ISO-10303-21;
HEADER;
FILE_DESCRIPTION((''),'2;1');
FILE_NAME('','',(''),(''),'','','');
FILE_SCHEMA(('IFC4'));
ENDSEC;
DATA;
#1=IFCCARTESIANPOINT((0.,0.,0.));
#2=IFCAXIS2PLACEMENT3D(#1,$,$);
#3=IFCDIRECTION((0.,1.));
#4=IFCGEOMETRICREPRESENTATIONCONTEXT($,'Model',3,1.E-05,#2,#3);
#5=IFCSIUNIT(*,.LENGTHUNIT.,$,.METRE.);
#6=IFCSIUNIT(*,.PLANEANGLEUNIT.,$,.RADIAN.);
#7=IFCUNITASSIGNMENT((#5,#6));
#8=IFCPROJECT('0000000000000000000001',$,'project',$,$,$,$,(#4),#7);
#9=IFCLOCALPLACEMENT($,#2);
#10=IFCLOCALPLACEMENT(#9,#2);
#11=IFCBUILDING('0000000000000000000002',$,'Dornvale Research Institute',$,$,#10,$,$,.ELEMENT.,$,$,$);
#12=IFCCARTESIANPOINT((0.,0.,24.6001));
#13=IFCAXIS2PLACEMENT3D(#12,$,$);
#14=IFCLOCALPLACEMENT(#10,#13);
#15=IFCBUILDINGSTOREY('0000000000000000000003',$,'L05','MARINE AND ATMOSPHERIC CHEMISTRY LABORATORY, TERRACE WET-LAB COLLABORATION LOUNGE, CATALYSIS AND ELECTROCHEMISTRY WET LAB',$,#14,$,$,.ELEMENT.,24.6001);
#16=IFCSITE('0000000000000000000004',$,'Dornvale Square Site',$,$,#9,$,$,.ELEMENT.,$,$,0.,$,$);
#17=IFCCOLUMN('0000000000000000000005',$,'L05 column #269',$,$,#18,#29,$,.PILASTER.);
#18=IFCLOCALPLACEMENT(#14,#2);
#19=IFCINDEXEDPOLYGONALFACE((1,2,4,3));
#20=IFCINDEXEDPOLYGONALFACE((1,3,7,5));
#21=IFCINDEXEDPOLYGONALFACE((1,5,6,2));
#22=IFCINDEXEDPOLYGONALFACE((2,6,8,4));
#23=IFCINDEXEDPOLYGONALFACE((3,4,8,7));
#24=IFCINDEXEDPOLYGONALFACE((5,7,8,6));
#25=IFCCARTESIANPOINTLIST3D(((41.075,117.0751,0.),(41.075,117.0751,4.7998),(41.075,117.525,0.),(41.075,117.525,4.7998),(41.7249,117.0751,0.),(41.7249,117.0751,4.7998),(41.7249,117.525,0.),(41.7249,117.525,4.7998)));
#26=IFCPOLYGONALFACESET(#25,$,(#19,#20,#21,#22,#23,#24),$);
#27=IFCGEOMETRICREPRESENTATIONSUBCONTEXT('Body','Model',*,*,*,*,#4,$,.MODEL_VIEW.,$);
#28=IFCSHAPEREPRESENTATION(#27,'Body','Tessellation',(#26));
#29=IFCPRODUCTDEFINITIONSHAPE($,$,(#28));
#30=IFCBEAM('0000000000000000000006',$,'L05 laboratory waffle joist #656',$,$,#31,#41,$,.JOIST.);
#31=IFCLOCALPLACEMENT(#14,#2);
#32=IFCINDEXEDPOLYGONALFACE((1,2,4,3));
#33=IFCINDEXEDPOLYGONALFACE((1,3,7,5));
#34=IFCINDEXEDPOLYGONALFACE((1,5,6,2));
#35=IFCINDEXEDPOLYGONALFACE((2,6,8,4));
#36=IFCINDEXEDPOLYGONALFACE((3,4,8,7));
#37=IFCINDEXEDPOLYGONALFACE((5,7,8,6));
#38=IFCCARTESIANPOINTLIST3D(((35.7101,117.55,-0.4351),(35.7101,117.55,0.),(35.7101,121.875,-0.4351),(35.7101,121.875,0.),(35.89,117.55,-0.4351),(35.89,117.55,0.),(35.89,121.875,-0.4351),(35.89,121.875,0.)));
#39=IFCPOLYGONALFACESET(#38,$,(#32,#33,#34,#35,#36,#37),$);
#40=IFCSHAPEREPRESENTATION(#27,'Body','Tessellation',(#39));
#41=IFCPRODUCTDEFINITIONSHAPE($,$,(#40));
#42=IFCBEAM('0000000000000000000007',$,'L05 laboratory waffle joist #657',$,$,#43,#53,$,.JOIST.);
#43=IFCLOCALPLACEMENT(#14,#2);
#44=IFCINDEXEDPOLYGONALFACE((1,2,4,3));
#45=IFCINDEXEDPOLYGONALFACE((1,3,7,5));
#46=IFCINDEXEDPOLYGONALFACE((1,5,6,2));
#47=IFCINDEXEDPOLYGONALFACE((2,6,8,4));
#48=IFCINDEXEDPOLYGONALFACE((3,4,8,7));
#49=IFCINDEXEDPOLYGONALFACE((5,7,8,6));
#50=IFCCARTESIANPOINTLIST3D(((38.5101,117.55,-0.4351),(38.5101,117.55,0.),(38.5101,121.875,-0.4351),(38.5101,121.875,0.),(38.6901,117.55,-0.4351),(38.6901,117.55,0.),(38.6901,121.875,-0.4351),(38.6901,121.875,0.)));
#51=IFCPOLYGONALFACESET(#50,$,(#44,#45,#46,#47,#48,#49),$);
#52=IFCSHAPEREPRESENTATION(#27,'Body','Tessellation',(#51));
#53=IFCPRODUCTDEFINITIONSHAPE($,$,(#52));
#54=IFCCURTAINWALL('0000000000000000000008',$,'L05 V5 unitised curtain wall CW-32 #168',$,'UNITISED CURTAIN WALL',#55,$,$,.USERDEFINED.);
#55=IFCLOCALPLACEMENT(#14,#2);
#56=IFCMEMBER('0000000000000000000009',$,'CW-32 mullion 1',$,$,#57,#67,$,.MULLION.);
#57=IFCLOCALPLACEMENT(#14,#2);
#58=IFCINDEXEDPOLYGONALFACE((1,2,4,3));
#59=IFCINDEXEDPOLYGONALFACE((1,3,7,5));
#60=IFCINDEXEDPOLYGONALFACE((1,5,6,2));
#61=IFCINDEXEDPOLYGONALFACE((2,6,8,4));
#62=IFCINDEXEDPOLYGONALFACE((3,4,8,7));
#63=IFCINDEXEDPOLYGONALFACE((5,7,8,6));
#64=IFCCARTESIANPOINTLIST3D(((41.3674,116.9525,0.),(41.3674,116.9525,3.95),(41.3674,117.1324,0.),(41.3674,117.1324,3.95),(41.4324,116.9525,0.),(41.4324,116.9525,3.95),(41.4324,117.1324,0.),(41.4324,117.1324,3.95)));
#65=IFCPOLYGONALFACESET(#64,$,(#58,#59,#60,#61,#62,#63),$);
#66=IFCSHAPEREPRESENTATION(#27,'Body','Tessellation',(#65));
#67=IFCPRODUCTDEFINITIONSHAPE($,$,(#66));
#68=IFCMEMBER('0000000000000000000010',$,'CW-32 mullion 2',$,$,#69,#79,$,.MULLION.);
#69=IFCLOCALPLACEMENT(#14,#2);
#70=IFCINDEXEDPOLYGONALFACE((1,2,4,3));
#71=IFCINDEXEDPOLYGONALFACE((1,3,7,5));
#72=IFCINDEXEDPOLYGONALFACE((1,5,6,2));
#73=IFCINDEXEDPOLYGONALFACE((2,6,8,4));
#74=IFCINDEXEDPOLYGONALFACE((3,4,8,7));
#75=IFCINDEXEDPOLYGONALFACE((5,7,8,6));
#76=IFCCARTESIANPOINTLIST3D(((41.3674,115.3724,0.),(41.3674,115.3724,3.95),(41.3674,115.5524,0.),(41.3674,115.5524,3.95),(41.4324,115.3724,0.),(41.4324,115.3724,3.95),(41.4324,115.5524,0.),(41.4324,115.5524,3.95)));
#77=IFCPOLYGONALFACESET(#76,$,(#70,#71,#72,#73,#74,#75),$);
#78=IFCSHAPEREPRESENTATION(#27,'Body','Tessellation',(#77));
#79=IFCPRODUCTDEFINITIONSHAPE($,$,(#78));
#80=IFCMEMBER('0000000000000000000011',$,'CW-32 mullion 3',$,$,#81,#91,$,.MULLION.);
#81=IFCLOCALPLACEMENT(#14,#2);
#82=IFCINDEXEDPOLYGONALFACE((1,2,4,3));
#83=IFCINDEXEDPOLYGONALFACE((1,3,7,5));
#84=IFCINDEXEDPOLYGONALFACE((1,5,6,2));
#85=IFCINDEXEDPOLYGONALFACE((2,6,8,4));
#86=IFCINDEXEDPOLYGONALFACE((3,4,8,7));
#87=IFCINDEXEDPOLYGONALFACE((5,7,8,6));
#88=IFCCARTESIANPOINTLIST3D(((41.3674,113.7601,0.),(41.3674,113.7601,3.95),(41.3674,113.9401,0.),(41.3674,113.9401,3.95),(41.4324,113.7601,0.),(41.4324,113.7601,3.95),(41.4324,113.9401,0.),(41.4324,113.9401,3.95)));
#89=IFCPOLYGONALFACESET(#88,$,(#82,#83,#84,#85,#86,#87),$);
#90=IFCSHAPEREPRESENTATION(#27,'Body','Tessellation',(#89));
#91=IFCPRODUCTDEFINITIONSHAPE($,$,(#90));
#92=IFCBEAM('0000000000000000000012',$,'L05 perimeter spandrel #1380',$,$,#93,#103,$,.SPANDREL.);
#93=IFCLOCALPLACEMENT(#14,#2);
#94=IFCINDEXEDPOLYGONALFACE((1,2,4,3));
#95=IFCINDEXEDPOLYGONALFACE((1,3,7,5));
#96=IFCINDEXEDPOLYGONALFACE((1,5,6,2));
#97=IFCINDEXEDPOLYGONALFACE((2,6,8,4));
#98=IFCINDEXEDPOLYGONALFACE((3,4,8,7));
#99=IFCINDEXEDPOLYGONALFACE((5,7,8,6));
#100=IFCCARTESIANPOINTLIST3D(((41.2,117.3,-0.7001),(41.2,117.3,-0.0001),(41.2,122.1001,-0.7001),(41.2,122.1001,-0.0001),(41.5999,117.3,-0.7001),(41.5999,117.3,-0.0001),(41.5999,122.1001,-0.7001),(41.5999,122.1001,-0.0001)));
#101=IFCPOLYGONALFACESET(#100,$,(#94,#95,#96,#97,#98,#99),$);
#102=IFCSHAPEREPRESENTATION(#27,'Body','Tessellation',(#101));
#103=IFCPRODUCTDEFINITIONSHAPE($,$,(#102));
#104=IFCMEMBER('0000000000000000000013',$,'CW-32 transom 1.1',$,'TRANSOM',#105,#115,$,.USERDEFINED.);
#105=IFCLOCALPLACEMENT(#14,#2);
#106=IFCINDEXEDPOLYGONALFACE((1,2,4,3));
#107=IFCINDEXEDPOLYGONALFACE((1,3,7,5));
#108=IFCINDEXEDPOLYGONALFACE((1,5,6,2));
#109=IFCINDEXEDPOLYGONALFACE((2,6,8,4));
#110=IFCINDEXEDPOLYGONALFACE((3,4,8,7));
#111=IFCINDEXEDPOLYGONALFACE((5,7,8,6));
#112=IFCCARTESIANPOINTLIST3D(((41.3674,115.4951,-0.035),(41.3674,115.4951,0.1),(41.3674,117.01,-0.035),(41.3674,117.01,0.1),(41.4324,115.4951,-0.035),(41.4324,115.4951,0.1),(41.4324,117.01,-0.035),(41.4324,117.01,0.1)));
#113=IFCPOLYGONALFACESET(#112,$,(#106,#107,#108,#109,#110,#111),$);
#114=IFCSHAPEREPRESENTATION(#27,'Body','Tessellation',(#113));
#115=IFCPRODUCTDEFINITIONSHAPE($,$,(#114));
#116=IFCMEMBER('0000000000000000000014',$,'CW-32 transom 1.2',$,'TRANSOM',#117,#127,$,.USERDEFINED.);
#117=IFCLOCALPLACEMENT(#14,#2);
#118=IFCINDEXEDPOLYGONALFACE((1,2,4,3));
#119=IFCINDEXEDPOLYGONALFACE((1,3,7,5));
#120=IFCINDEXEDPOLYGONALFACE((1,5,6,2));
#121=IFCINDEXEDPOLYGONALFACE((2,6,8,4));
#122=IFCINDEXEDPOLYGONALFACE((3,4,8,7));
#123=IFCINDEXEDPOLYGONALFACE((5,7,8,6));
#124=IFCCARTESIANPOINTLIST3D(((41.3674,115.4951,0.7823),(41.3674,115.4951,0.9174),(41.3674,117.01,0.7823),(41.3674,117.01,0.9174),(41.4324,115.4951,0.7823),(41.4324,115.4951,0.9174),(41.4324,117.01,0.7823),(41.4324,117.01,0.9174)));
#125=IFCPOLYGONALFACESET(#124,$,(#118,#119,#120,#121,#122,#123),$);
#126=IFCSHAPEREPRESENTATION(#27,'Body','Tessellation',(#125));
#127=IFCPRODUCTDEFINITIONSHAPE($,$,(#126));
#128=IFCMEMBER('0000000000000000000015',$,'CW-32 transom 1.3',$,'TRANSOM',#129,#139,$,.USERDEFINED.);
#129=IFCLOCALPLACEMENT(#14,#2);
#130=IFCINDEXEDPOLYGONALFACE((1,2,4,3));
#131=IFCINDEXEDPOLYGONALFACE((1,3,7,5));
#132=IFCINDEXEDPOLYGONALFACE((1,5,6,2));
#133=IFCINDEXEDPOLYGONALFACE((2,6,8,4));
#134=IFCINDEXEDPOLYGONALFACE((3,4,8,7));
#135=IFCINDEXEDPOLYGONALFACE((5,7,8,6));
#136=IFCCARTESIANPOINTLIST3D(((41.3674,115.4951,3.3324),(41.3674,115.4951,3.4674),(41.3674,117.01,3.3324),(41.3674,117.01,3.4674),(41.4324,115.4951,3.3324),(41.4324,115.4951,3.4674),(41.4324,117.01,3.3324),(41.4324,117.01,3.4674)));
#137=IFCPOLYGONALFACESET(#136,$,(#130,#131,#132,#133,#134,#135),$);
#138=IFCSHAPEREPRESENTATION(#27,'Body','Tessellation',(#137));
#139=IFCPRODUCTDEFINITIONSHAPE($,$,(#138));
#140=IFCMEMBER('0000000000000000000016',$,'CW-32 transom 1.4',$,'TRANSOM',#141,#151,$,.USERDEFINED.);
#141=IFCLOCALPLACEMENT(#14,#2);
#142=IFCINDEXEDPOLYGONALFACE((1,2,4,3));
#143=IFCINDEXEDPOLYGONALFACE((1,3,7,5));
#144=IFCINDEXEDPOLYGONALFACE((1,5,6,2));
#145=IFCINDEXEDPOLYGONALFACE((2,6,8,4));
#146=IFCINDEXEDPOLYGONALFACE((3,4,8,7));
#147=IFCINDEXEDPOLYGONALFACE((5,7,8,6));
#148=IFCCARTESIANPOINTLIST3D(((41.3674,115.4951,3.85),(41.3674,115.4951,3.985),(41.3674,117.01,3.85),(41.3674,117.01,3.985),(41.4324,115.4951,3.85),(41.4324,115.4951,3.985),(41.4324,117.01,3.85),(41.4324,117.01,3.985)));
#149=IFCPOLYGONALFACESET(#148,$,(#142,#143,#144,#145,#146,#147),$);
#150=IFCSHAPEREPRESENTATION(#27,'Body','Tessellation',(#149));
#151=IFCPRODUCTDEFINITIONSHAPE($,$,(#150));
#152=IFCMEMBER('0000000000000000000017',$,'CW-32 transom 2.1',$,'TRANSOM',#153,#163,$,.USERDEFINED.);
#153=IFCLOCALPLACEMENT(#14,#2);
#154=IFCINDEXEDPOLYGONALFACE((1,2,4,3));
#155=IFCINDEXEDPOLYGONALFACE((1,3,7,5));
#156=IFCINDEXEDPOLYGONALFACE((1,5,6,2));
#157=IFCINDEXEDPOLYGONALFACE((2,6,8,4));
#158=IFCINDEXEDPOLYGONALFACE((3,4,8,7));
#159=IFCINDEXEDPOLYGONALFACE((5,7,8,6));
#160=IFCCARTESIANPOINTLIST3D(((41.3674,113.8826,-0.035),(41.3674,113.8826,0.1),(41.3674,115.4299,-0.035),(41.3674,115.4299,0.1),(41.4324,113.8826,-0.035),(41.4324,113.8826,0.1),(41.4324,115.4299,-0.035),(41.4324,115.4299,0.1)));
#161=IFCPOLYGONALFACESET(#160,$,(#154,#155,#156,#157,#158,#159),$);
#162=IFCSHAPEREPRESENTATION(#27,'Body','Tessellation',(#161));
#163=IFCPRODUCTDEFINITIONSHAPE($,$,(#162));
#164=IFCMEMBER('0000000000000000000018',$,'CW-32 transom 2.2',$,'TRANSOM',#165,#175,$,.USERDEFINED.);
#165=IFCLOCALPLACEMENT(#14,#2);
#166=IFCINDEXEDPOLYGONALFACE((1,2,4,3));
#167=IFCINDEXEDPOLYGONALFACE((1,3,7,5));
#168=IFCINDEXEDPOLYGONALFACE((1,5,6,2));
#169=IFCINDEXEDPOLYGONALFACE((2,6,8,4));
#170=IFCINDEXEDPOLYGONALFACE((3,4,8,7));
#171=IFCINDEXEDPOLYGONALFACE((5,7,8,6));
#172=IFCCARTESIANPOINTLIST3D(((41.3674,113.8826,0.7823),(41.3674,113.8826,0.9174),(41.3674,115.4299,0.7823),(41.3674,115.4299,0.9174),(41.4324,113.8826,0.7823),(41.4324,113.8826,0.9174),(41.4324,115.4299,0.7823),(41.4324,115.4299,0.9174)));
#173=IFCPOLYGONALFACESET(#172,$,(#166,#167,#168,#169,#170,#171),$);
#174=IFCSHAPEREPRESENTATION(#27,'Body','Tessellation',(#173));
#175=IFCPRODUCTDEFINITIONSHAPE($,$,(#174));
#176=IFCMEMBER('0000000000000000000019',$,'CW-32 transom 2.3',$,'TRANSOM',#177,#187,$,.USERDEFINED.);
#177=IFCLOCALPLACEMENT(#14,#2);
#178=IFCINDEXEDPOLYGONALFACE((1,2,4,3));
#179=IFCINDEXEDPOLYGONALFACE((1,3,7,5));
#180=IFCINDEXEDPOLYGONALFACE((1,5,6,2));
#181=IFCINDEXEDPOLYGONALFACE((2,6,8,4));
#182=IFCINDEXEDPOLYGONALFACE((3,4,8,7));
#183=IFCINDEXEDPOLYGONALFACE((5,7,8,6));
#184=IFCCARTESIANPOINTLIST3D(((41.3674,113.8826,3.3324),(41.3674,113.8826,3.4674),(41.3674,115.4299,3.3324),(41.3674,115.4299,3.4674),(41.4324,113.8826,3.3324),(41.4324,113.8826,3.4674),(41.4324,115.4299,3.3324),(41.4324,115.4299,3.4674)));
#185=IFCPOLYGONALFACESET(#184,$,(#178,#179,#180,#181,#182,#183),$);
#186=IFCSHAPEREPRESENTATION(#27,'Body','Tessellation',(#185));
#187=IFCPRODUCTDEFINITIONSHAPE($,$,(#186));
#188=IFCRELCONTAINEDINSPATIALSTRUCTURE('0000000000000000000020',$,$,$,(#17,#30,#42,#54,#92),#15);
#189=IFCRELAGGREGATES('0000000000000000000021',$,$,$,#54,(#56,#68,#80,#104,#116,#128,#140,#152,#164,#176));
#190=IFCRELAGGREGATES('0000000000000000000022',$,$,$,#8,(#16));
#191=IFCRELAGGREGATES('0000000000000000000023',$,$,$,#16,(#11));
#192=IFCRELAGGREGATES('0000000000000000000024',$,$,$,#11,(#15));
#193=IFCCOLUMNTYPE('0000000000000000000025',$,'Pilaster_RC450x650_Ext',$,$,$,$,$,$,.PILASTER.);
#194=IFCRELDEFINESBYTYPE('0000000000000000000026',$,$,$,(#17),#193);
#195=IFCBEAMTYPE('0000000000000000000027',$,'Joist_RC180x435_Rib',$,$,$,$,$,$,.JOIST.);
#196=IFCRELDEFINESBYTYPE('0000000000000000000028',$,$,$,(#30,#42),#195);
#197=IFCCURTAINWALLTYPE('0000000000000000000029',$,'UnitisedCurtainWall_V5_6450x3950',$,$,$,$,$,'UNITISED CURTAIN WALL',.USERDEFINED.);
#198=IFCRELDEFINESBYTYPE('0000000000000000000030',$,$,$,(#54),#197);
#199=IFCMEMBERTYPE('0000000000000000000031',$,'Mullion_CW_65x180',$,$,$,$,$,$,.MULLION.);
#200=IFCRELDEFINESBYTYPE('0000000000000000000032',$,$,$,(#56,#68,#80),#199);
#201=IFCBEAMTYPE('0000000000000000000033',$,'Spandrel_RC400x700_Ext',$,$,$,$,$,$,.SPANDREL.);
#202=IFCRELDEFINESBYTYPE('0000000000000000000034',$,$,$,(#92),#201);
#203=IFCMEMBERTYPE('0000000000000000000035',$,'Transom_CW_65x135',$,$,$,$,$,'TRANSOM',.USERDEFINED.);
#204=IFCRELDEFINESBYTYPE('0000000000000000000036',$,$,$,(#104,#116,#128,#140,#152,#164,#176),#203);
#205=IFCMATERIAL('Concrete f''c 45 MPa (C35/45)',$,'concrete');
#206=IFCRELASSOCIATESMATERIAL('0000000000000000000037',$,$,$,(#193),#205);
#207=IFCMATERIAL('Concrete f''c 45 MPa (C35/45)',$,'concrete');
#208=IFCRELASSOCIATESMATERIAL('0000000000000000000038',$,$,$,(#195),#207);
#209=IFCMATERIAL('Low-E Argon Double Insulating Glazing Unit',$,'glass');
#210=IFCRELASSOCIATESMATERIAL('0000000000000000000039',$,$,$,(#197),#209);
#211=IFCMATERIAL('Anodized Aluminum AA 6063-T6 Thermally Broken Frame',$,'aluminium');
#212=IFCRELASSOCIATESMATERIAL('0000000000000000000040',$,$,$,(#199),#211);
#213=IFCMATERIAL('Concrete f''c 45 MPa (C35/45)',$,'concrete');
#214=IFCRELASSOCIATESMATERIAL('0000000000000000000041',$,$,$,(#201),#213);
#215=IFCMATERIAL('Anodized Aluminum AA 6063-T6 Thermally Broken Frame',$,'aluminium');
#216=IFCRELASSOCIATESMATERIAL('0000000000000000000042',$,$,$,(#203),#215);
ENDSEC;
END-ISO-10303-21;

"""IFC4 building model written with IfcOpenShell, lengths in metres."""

from ifc_helpers import new_model, si_unit, direction, frame, origin, origin_2d, place, context, subcontext, project, spatial, rectangle, extrude, material, material_profile, profile_set, type_object, element, aggregate, save


model = new_model("IFC4")

# Units and contexts
model_context = context("Model", 3, precision=1e-05, world=origin(), true_north=direction((0.0, 1.0)))
body_context = subcontext(model_context, "Body", "Model", "MODEL_VIEW")
ifc_project = project(units=[si_unit("LENGTHUNIT", "METRE"), si_unit("PLANEANGLEUNIT", "RADIAN")], contexts=[model_context])

# Site, building, storey
site_placement = place(None, origin())
site = spatial("IfcSite", under=ifc_project, at=site_placement, Name="Dornvale Square Site", CompositionType="ELEMENT", RefElevation=0.0)
building_placement = place(site_placement, origin())
building = spatial("IfcBuilding", under=site, at=building_placement, Name="Dornvale Research Institute", CompositionType="ELEMENT")
storey_placement = place(building_placement, frame((0.0, 0.0, 24.6001)))
storey = spatial("IfcBuildingStorey", under=building, at=storey_placement, Name="L05", Description="MARINE AND ATMOSPHERIC CHEMISTRY LABORATORY, TERRACE WET-LAB COLLABORATION LOUNGE, CATALYSIS AND ELECTROCHEMISTRY WET LAB", CompositionType="ELEMENT", Elevation=24.6001)

# Column
ifc_material_1 = material(Name="Concrete f'c 45 MPa (C35/45)", Category="concrete")
ifc_material_profile_1 = material_profile(ifc_material_1, rectangle(XDim=0.45, YDim=0.6499, at=origin_2d()), Name="RC 450x650")
ifc_profile_set_1 = profile_set([ifc_material_profile_1], Name="Concrete f'c 45 MPa (C35/45)")
column_type = type_object("IfcColumnType", Name="Pilaster_RC450x650_Ext", PredefinedType="PILASTER", material=ifc_profile_set_1)
column_placement = place(storey_placement, frame((41.3999, 117.3, 0.0), z_axis=(0.0, 0.0, 1.0), x_axis=(0.0, 1.0, 0.0)))
element("IfcColumn", 1, at=column_placement, inside=storey, type_object=column_type, Name="L05 column #269", PredefinedType="PILASTER", context=body_context, shape_type="SweptSolid", body=[
    extrude(rectangle(XDim=0.45, YDim=0.6499, at=origin_2d()), origin(), (0.0, 0.0, 1.0), 4.7998),
])

# Beams
ifc_material_2 = material(Name="Concrete f'c 45 MPa (C35/45)", Category="concrete")
ifc_material_profile_2 = material_profile(ifc_material_2, rectangle(XDim=0.1799, YDim=0.4351, at=origin_2d()), Name="RC 180x435")
ifc_profile_set_2 = profile_set([ifc_material_profile_2], Name="Concrete f'c 45 MPa (C35/45)")
beam_type_1 = type_object("IfcBeamType", Name="Joist_RC180x435_Rib", PredefinedType="JOIST", material=ifc_profile_set_2)
for number, where, z_axis, x_axis, name in (
    (2, (35.8, 117.55, -0.2175), (0.0, 1.0, 0.0), (-1.0, 0.0, 0.0), "L05 laboratory waffle joist #656"),
    (3, (38.6001, 117.55, -0.2175), (0.0, 1.0, 0.0), (-1.0, 0.0, 0.0), "L05 laboratory waffle joist #657"),
):
    element("IfcBeam", number, at=place(storey_placement, frame(where, z_axis=z_axis, x_axis=x_axis)), inside=storey, type_object=beam_type_1, Name=name, PredefinedType="JOIST", context=body_context, shape_type="SweptSolid", body=[
        extrude(rectangle(XDim=0.1799, YDim=0.4351, at=origin_2d()), origin(), (0.0, 0.0, 1.0), 4.325),
    ])

# Curtain wall, members
ifc_material_3 = material(Name="Low-E Argon Double Insulating Glazing Unit", Category="glass")
curtain_wall_type = type_object("IfcCurtainWallType", Name="UnitisedCurtainWall_V5_6450x3950", ElementType="UNITISED CURTAIN WALL", PredefinedType="USERDEFINED", material=ifc_material_3)
curtain_wall_placement = place(storey_placement, origin())
curtain_wall = element("IfcCurtainWall", 4, at=curtain_wall_placement, inside=storey, type_object=curtain_wall_type, Name="L05 V5 unitised curtain wall CW-32 #168", ObjectType="UNITISED CURTAIN WALL", PredefinedType="USERDEFINED")
ifc_material_4 = material(Name="Anodized Aluminum AA 6063-T6 Thermally Broken Frame", Category="aluminium")
ifc_material_profile_3 = material_profile(ifc_material_4, rectangle(XDim=0.0649, YDim=0.1799, at=origin_2d()), Name="ALU MULLION 65x180")
ifc_profile_set_3 = profile_set([ifc_material_profile_3], Name="Anodized Aluminum AA 6063-T6 Thermally Broken Frame")
member_type_1 = type_object("IfcMemberType", Name="Mullion_CW_65x180", PredefinedType="MULLION", material=ifc_profile_set_3)
member_1_placement = place(storey_placement, frame((41.3999, 117.0425, 0.0), z_axis=(0.0, 0.0, 1.0), x_axis=(1.0, 0.0, 0.0)))
member_1 = element("IfcMember", 5, at=member_1_placement, type_object=member_type_1, Name="CW-32 mullion 1", PredefinedType="MULLION", context=body_context, shape_type="SweptSolid", body=[
    extrude(rectangle(XDim=0.0649, YDim=0.1799, at=origin_2d()), origin(), (0.0, 0.0, 1.0), 3.95),
])
member_2_placement = place(storey_placement, frame((41.3999, 115.4624, 0.0), z_axis=(0.0, 0.0, 1.0), x_axis=(1.0, 0.0, 0.0)))
member_2 = element("IfcMember", 6, at=member_2_placement, type_object=member_type_1, Name="CW-32 mullion 2", PredefinedType="MULLION", context=body_context, shape_type="SweptSolid", body=[
    extrude(rectangle(XDim=0.0649, YDim=0.1799, at=origin_2d()), origin(), (0.0, 0.0, 1.0), 3.95),
])
member_3_placement = place(storey_placement, frame((41.3999, 113.8501, 0.0), z_axis=(0.0, 0.0, 1.0), x_axis=(1.0, 0.0, 0.0)))
member_3 = element("IfcMember", 7, at=member_3_placement, type_object=member_type_1, Name="CW-32 mullion 3", PredefinedType="MULLION", context=body_context, shape_type="SweptSolid", body=[
    extrude(rectangle(XDim=0.0649, YDim=0.1799, at=origin_2d()), origin(), (0.0, 0.0, 1.0), 3.95),
])

# Beam
ifc_material_5 = material(Name="Concrete f'c 45 MPa (C35/45)", Category="concrete")
ifc_material_profile_4 = material_profile(ifc_material_5, rectangle(XDim=0.3999, YDim=0.7, at=origin_2d()), Name="RC 400x700")
ifc_profile_set_4 = profile_set([ifc_material_profile_4], Name="Concrete f'c 45 MPa (C35/45)")
beam_type_2 = type_object("IfcBeamType", Name="Spandrel_RC400x700_Ext", PredefinedType="SPANDREL", material=ifc_profile_set_4)
beam_placement = place(storey_placement, frame((41.3999, 117.3, -0.3501), z_axis=(0.0, 1.0, 0.0), x_axis=(-1.0, 0.0, 0.0)))
element("IfcBeam", 8, at=beam_placement, inside=storey, type_object=beam_type_2, Name="L05 perimeter spandrel #1380", PredefinedType="SPANDREL", context=body_context, shape_type="SweptSolid", body=[
    extrude(rectangle(XDim=0.3999, YDim=0.7, at=origin_2d()), origin(), (0.0, 0.0, 1.0), 4.8),
])

# Members
ifc_material_6 = material(Name="Anodized Aluminum AA 6063-T6 Thermally Broken Frame", Category="aluminium")
ifc_material_profile_5 = material_profile(ifc_material_6, rectangle(XDim=0.0649, YDim=0.135, at=origin_2d()), Name="ALU TRANSOM 65x135")
ifc_profile_set_5 = profile_set([ifc_material_profile_5], Name="Anodized Aluminum AA 6063-T6 Thermally Broken Frame")
member_type_2 = type_object("IfcMemberType", Name="Transom_CW_65x135", ElementType="TRANSOM", PredefinedType="USERDEFINED", material=ifc_profile_set_5)
member_4_placement = place(storey_placement, frame((41.3999, 117.01, 0.0325), z_axis=(0.0, -1.0, 0.0), x_axis=(1.0, 0.0, 0.0)))
member_4 = element("IfcMember", 9, at=member_4_placement, type_object=member_type_2, Name="CW-32 transom 1.1", ObjectType="TRANSOM", PredefinedType="USERDEFINED", context=body_context, shape_type="SweptSolid", body=[
    extrude(rectangle(XDim=0.0649, YDim=0.135, at=origin_2d()), origin(), (0.0, 0.0, 1.0), 1.5149),
])
member_5_placement = place(storey_placement, frame((41.3999, 117.01, 0.8499), z_axis=(0.0, -1.0, 0.0), x_axis=(1.0, 0.0, 0.0)))
member_5 = element("IfcMember", 10, at=member_5_placement, type_object=member_type_2, Name="CW-32 transom 1.2", ObjectType="TRANSOM", PredefinedType="USERDEFINED", context=body_context, shape_type="SweptSolid", body=[
    extrude(rectangle(XDim=0.0649, YDim=0.135, at=origin_2d()), origin(), (0.0, 0.0, 1.0), 1.5149),
])
member_6_placement = place(storey_placement, frame((41.3999, 117.01, 3.3999), z_axis=(0.0, -1.0, 0.0), x_axis=(1.0, 0.0, 0.0)))
member_6 = element("IfcMember", 11, at=member_6_placement, type_object=member_type_2, Name="CW-32 transom 1.3", ObjectType="TRANSOM", PredefinedType="USERDEFINED", context=body_context, shape_type="SweptSolid", body=[
    extrude(rectangle(XDim=0.0649, YDim=0.135, at=origin_2d()), origin(), (0.0, 0.0, 1.0), 1.5149),
])
member_7_placement = place(storey_placement, frame((41.3999, 117.01, 3.9175), z_axis=(0.0, -1.0, 0.0), x_axis=(1.0, 0.0, 0.0)))
member_7 = element("IfcMember", 12, at=member_7_placement, type_object=member_type_2, Name="CW-32 transom 1.4", ObjectType="TRANSOM", PredefinedType="USERDEFINED", context=body_context, shape_type="SweptSolid", body=[
    extrude(rectangle(XDim=0.0649, YDim=0.135, at=origin_2d()), origin(), (0.0, 0.0, 1.0), 1.5149),
])
member_8_placement = place(storey_placement, frame((41.3999, 115.4299, 0.0325), z_axis=(0.0, -1.0, 0.0), x_axis=(1.0, 0.0, 0.0)))
member_8 = element("IfcMember", 13, at=member_8_placement, type_object=member_type_2, Name="CW-32 transom 2.1", ObjectType="TRANSOM", PredefinedType="USERDEFINED", context=body_context, shape_type="SweptSolid", body=[
    extrude(rectangle(XDim=0.0649, YDim=0.135, at=origin_2d()), origin(), (0.0, 0.0, 1.0), 1.5474),
])
member_9_placement = place(storey_placement, frame((41.3999, 115.4299, 0.8499), z_axis=(0.0, -1.0, 0.0), x_axis=(1.0, 0.0, 0.0)))
member_9 = element("IfcMember", 14, at=member_9_placement, type_object=member_type_2, Name="CW-32 transom 2.2", ObjectType="TRANSOM", PredefinedType="USERDEFINED", context=body_context, shape_type="SweptSolid", body=[
    extrude(rectangle(XDim=0.0649, YDim=0.135, at=origin_2d()), origin(), (0.0, 0.0, 1.0), 1.5474),
])
member_10_placement = place(storey_placement, frame((41.3999, 115.4299, 3.3999), z_axis=(0.0, -1.0, 0.0), x_axis=(1.0, 0.0, 0.0)))
member_10 = element("IfcMember", 15, at=member_10_placement, type_object=member_type_2, Name="CW-32 transom 2.3", ObjectType="TRANSOM", PredefinedType="USERDEFINED", context=body_context, shape_type="SweptSolid", body=[
    extrude(rectangle(XDim=0.0649, YDim=0.135, at=origin_2d()), origin(), (0.0, 0.0, 1.0), 1.5474),
])

aggregate(curtain_wall, [member_1, member_2, member_3, member_4, member_5, member_6, member_7, member_8, member_9, member_10])

save(model, "model.ifc")
